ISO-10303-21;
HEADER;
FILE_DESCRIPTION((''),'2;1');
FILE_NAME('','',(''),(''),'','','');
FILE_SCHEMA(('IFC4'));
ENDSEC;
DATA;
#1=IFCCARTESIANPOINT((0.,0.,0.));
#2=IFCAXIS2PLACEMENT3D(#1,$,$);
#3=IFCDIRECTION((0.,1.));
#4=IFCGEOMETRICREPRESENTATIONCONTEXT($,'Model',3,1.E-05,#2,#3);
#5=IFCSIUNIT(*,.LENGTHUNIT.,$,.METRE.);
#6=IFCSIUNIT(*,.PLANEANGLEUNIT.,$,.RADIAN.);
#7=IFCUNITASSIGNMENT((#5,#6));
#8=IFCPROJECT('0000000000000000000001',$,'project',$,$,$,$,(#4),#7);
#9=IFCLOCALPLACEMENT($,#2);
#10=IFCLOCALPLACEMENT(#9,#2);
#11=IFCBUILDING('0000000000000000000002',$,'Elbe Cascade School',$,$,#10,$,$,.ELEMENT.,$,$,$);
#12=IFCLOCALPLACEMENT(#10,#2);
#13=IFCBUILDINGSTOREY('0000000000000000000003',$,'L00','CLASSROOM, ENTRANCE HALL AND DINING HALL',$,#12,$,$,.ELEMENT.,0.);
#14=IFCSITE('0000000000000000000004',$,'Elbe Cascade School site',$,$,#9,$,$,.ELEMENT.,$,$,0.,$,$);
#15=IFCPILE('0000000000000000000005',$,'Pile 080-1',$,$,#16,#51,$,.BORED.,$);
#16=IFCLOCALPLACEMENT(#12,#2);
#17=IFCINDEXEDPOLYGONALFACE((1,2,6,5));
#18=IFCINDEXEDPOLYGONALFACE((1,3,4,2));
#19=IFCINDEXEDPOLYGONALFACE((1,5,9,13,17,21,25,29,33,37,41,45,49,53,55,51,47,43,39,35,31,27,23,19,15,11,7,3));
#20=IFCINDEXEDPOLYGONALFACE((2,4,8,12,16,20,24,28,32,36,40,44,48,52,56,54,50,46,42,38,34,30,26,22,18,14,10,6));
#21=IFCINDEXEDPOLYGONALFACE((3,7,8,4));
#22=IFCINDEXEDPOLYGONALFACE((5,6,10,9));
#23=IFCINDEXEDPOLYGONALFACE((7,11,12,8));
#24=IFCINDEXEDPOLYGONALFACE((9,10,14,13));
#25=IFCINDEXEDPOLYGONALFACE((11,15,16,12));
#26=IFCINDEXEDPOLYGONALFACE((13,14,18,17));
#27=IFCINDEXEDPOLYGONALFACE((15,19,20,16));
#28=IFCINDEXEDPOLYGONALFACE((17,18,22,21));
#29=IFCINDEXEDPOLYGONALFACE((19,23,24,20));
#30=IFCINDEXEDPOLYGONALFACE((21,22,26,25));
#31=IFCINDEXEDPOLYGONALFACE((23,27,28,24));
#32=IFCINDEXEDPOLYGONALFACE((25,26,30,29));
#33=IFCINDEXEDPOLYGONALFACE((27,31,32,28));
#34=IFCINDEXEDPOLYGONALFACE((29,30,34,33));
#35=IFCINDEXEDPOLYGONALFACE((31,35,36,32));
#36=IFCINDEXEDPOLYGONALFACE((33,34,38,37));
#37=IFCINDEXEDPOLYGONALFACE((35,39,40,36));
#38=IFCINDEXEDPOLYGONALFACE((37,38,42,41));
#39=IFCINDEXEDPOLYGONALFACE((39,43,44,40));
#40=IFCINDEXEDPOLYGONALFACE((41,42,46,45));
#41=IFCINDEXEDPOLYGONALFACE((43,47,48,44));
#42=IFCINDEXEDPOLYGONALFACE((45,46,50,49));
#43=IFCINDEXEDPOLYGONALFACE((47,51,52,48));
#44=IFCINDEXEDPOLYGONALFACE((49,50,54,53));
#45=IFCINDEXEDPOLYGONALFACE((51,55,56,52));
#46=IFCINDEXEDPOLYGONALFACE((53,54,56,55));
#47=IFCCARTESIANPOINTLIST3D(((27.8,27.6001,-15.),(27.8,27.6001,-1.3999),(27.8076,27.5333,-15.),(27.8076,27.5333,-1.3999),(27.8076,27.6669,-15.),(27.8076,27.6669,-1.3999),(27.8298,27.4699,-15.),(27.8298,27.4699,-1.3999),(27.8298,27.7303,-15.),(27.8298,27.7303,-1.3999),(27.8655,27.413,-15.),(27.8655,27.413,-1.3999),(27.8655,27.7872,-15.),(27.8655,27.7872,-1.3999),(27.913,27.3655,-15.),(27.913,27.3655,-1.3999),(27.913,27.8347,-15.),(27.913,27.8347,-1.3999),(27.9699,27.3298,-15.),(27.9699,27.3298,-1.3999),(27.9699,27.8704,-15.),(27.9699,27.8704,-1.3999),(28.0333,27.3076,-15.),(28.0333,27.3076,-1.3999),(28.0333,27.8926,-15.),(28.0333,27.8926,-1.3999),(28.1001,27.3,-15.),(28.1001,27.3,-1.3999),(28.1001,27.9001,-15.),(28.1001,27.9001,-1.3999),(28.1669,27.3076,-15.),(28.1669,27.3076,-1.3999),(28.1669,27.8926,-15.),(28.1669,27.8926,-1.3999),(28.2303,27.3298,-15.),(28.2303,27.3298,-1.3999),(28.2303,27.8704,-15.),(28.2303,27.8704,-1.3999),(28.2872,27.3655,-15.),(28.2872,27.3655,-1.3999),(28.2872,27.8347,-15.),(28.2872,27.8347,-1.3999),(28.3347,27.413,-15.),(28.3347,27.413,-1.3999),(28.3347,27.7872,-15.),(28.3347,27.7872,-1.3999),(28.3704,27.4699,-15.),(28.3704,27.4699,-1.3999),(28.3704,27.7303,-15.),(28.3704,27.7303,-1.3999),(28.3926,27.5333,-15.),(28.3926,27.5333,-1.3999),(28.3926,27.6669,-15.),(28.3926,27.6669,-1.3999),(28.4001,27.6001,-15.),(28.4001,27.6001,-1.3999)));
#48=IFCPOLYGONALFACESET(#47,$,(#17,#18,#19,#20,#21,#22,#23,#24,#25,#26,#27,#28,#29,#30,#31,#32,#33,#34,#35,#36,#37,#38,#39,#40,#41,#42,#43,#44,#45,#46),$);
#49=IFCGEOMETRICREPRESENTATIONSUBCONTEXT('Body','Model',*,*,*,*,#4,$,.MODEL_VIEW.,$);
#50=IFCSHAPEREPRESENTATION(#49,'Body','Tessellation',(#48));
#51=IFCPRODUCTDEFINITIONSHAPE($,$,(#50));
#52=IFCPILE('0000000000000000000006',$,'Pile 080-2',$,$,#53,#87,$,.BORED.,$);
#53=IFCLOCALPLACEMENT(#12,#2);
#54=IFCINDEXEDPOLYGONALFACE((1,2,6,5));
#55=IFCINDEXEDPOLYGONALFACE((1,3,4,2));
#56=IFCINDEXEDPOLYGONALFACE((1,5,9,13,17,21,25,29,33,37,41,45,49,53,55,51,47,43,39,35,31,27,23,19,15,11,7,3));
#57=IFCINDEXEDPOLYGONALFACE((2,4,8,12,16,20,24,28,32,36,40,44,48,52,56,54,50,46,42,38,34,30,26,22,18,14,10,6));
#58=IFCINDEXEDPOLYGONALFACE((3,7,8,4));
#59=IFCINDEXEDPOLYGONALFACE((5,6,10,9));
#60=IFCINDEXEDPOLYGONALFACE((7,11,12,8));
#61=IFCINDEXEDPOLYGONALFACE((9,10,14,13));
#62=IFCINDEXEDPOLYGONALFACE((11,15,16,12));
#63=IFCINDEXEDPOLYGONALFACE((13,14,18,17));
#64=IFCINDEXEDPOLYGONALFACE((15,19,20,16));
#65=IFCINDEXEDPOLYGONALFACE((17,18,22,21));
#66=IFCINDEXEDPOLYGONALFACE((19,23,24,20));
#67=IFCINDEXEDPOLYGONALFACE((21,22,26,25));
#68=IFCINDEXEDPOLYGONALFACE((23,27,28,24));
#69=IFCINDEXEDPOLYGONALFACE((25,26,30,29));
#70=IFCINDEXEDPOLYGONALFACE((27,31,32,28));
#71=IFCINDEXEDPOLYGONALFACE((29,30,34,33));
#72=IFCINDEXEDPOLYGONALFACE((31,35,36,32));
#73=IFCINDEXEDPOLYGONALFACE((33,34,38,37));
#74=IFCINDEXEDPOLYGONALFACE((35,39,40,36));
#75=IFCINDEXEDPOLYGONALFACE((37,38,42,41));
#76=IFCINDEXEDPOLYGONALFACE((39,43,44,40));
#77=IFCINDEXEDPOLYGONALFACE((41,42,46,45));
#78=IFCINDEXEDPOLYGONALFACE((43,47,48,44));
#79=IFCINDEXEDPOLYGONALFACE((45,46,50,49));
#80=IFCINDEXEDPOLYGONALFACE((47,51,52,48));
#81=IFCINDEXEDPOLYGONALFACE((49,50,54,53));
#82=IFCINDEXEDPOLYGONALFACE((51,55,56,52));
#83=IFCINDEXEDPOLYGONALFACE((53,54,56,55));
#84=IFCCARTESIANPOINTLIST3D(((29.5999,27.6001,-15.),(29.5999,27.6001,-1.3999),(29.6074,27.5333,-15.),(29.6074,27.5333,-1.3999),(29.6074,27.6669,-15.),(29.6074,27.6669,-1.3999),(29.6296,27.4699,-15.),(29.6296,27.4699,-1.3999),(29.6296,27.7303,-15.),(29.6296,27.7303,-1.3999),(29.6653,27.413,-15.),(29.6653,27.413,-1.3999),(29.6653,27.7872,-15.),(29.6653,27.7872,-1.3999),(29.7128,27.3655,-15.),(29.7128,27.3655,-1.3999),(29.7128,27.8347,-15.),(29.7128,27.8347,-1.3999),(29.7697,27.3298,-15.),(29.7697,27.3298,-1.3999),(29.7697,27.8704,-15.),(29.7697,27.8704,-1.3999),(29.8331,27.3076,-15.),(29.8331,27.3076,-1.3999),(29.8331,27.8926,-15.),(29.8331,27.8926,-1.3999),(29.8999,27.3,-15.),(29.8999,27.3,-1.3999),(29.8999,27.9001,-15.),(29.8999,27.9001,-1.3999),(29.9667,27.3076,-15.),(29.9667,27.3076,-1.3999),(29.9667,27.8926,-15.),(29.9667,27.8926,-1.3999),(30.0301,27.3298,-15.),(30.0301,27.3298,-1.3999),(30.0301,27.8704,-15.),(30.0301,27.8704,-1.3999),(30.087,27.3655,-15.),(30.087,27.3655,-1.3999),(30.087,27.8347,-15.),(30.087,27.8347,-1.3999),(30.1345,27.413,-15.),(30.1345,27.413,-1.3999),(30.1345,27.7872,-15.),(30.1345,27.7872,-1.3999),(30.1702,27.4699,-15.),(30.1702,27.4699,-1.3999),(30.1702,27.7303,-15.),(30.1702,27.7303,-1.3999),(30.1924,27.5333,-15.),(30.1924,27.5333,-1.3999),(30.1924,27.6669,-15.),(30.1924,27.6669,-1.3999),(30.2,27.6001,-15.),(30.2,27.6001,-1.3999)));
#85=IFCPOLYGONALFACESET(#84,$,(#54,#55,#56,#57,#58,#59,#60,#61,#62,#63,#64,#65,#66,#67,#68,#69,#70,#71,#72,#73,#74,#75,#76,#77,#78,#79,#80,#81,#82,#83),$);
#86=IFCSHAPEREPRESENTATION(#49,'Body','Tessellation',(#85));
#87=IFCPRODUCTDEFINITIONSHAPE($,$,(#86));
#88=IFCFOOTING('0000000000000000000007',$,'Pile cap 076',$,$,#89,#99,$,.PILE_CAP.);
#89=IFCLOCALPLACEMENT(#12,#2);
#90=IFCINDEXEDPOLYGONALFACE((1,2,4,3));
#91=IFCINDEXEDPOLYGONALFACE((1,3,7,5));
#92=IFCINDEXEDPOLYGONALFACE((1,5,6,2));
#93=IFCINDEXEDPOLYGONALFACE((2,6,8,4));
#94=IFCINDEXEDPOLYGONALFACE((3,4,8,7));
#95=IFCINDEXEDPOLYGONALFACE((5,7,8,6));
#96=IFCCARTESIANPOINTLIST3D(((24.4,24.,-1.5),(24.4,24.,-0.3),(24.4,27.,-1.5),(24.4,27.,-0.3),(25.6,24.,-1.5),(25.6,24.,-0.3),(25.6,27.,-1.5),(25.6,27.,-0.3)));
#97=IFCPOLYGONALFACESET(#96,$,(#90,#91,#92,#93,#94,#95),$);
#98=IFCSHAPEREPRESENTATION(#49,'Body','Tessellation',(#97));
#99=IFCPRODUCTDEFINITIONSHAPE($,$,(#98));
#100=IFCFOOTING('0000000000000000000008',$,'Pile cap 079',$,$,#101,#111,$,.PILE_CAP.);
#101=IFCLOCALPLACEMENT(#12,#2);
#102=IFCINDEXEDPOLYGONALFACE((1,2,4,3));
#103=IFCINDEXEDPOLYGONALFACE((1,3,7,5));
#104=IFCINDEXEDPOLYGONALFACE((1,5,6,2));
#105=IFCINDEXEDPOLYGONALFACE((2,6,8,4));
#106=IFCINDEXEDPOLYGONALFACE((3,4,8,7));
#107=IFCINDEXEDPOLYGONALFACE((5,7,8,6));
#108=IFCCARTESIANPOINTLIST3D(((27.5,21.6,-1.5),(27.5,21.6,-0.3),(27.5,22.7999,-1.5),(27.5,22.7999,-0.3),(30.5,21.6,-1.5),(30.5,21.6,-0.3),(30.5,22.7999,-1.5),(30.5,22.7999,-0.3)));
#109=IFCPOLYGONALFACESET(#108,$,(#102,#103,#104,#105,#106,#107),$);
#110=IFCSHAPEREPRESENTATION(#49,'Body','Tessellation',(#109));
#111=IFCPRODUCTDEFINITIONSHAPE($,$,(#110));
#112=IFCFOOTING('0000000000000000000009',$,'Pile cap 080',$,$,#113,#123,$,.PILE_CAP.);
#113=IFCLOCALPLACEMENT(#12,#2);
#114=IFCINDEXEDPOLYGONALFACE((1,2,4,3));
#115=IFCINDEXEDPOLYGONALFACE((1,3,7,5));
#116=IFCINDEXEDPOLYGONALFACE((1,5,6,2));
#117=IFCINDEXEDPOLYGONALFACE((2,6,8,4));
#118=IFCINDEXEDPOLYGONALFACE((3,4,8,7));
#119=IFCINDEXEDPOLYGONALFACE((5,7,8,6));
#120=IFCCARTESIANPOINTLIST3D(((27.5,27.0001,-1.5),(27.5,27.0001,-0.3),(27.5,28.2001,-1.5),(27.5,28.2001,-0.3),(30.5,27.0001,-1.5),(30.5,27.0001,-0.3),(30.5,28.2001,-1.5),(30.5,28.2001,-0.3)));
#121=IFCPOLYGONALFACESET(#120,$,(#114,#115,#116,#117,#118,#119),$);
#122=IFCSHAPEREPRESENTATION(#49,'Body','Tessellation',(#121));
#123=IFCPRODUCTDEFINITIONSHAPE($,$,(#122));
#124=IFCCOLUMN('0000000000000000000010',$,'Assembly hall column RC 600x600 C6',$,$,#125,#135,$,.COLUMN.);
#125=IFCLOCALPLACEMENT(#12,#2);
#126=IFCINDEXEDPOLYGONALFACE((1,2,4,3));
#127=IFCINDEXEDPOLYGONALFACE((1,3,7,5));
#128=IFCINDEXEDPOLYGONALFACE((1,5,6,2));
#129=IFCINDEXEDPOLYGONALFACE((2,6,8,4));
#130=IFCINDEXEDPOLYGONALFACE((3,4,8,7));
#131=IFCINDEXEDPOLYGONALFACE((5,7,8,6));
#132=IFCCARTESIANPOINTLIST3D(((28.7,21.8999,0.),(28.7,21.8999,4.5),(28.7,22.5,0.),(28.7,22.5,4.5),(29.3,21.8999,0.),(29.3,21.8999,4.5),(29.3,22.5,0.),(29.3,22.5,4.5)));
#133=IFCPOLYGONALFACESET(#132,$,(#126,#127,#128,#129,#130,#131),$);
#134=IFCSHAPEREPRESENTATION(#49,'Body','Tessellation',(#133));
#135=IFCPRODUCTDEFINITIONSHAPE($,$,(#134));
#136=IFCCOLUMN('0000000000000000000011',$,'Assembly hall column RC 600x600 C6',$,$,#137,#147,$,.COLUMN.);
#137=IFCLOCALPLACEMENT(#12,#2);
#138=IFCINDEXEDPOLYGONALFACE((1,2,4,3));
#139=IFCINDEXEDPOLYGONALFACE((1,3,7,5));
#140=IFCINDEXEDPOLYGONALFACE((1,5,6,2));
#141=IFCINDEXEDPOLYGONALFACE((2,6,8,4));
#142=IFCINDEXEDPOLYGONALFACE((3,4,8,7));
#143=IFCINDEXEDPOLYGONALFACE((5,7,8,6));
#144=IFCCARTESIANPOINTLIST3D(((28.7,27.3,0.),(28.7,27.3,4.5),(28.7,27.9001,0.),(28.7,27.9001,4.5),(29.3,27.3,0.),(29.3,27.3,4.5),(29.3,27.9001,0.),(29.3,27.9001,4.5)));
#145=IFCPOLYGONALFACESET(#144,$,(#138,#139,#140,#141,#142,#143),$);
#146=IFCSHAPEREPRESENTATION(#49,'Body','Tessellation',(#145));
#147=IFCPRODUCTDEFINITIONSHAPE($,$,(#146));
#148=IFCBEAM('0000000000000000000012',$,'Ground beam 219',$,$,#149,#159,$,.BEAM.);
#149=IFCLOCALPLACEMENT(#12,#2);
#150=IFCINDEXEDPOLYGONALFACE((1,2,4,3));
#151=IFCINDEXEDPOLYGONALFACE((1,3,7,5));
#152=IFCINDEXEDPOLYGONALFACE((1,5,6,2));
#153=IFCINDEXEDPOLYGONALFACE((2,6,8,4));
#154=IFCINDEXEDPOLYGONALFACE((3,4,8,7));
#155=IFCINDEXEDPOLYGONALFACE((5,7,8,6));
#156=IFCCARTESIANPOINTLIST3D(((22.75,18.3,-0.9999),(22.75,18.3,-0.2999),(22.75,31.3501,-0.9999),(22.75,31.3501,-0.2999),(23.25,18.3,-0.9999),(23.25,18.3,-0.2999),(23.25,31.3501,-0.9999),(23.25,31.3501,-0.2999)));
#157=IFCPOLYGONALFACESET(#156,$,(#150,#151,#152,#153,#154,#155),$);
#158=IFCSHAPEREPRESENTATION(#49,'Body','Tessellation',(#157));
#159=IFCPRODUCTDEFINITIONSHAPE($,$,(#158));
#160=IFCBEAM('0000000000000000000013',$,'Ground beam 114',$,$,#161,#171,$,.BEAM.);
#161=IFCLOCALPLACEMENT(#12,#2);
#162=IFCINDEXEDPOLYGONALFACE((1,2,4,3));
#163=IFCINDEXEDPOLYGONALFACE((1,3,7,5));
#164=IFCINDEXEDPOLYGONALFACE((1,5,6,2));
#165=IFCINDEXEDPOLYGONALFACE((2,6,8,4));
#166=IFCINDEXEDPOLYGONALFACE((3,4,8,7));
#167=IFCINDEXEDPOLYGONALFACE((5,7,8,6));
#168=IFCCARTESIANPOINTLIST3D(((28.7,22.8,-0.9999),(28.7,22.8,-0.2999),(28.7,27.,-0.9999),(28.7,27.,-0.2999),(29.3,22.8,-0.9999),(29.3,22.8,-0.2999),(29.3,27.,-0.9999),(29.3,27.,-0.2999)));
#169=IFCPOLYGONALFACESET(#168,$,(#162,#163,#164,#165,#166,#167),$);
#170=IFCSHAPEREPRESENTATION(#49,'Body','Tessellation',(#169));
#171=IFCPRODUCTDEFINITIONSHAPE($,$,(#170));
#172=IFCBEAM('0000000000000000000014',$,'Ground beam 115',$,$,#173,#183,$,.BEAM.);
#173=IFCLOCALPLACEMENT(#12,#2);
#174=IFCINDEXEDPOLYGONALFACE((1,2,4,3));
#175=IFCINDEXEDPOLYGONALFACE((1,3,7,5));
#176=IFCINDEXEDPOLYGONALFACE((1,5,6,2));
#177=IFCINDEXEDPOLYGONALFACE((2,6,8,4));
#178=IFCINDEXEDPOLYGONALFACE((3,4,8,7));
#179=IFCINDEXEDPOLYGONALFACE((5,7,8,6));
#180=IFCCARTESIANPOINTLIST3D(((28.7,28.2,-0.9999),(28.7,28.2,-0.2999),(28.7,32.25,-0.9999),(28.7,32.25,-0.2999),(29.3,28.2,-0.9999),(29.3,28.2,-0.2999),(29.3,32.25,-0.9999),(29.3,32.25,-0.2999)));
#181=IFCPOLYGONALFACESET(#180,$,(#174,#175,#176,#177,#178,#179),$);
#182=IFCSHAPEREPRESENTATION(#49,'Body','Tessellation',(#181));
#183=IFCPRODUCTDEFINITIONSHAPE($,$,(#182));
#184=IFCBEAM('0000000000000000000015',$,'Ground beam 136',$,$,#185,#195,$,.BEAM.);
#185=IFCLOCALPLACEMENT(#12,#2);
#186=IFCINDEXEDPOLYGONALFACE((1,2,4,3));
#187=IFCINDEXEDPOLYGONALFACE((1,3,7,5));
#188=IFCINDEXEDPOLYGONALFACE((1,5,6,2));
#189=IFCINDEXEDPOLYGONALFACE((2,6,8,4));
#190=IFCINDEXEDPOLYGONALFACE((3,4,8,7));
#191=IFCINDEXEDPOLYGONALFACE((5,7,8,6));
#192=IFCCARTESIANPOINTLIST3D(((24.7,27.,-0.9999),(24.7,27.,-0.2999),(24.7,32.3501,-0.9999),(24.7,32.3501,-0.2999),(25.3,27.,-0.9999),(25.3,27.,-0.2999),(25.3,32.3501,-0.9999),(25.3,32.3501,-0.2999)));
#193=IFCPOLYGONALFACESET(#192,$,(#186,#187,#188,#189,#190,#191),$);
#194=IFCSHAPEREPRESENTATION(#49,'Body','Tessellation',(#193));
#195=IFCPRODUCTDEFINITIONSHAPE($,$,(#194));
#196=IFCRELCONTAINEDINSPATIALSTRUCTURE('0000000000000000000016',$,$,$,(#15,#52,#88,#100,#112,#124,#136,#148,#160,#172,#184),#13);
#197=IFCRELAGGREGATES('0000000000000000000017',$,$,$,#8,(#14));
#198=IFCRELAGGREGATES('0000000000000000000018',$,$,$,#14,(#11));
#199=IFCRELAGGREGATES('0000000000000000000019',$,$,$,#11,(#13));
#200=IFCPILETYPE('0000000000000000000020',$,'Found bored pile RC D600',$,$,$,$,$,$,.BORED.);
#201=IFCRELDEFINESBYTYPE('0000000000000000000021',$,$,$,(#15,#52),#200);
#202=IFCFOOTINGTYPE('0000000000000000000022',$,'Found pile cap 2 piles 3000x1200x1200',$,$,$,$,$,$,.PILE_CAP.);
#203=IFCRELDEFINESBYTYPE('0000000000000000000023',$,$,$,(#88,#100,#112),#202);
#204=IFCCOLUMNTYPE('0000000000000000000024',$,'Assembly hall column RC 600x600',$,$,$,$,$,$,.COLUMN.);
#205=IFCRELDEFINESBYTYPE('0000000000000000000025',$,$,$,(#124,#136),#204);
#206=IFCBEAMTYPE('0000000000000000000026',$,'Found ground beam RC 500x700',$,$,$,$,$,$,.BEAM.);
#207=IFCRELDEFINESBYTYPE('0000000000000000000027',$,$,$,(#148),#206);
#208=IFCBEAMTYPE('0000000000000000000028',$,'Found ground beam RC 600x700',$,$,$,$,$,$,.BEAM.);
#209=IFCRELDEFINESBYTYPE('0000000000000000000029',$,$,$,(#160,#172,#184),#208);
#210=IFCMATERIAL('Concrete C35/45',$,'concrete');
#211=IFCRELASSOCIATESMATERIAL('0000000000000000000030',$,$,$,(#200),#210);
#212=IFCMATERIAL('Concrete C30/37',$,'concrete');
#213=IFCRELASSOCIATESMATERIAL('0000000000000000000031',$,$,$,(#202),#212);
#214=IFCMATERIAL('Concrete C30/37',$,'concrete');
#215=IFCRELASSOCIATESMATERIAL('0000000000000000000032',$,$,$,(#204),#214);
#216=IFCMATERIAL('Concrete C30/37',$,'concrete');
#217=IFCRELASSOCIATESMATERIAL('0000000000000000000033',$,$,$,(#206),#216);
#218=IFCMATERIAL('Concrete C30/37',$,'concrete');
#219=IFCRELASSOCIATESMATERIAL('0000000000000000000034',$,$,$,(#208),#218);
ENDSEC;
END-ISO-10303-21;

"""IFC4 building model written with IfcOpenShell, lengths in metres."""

from ifc_helpers import new_model, si_unit, direction, frame, origin, origin_2d, place, context, subcontext, project, spatial, rectangle, circle, extrude, material, material_profile, profile_set, type_object, element, save


model = new_model("IFC4")

# Units and contexts
model_context = context("Model", 3, precision=1e-05, world=origin(), true_north=direction((0.0, 1.0)))
body_context = subcontext(model_context, "Body", "Model", "MODEL_VIEW")
ifc_project = project(units=[si_unit("LENGTHUNIT", "METRE"), si_unit("PLANEANGLEUNIT", "RADIAN")], contexts=[model_context])

# Site, building, storey
site_placement = place(None, origin())
site = spatial("IfcSite", under=ifc_project, at=site_placement, Name="Elbe Cascade School site", CompositionType="ELEMENT", RefElevation=0.0)
building_placement = place(site_placement, origin())
building = spatial("IfcBuilding", under=site, at=building_placement, Name="Elbe Cascade School", CompositionType="ELEMENT")
storey_placement = place(building_placement, origin())
storey = spatial("IfcBuildingStorey", under=building, at=storey_placement, Name="L00", Description="CLASSROOM, ENTRANCE HALL AND DINING HALL", CompositionType="ELEMENT", Elevation=0.0)

# Piles
ifc_material_1 = material(Name="Concrete C35/45", Category="concrete")
ifc_material_profile_1 = material_profile(ifc_material_1, circle(Radius=0.3, at=origin_2d()), Name="RC D600")
ifc_profile_set_1 = profile_set([ifc_material_profile_1], Name="Concrete C35/45")
pile_type = type_object("IfcPileType", Name="Found bored pile RC D600", PredefinedType="BORED", material=ifc_profile_set_1)
for number, where, z_axis, x_axis, name in (
    (1, (28.1001, 27.6001, -1.3999), (0.0, 0.0, -1.0), (1.0, 0.0, 0.0), "Pile 080-1"),
    (2, (29.8999, 27.6001, -1.3999), (0.0, 0.0, -1.0), (1.0, 0.0, 0.0), "Pile 080-2"),
):
    element("IfcPile", number, at=place(storey_placement, frame(where, z_axis=z_axis, x_axis=x_axis)), inside=storey, type_object=pile_type, Name=name, PredefinedType="BORED", context=body_context, shape_type="SweptSolid", body=[
        extrude(circle(Radius=0.3, at=origin_2d()), origin(), (0.0, 0.0, 1.0), 13.6001),
    ])

# Footings
ifc_material_2 = material(Name="Concrete C30/37", Category="concrete")
footing_type = type_object("IfcFootingType", Name="Found pile cap 2 piles 3000x1200x1200", PredefinedType="PILE_CAP", material=ifc_material_2)
footing_placement = place(storey_placement, frame((25.0, 25.5, -1.5), z_axis=(0.0, 0.0, 1.0), x_axis=(1.0, 0.0, 0.0)))
element("IfcFooting", 3, at=footing_placement, inside=storey, type_object=footing_type, Name="Pile cap 076", PredefinedType="PILE_CAP", context=body_context, shape_type="SweptSolid", body=[
    extrude(rectangle(XDim=1.2, YDim=3.0, at=origin_2d()), origin(), (0.0, 0.0, 1.0), 1.2),
])
for number, where, z_axis, x_axis, name in (
    (4, (29.0, 22.2, -1.5), (0.0, 0.0, 1.0), (1.0, 0.0, 0.0), "Pile cap 079"),
    (5, (29.0, 27.6001, -1.5), (0.0, 0.0, 1.0), (1.0, 0.0, 0.0), "Pile cap 080"),
):
    element("IfcFooting", number, at=place(storey_placement, frame(where, z_axis=z_axis, x_axis=x_axis)), inside=storey, type_object=footing_type, Name=name, PredefinedType="PILE_CAP", context=body_context, shape_type="SweptSolid", body=[
        extrude(rectangle(XDim=3.0, YDim=1.2, at=origin_2d()), origin(), (0.0, 0.0, 1.0), 1.2),
    ])

# Columns
ifc_material_3 = material(Name="Concrete C30/37", Category="concrete")
ifc_material_profile_2 = material_profile(ifc_material_3, rectangle(XDim=0.6001, YDim=0.6001, at=origin_2d()), Name="RC 600x600")
ifc_profile_set_2 = profile_set([ifc_material_profile_2], Name="Concrete C30/37")
column_type = type_object("IfcColumnType", Name="Assembly hall column RC 600x600", PredefinedType="COLUMN", material=ifc_profile_set_2)
for number, where, z_axis, x_axis, name in (
    (6, (29.0, 22.2, 0.0), (0.0, 0.0, 1.0), (1.0, 0.0, 0.0), "Assembly hall column RC 600x600 C6"),
    (7, (29.0, 27.6001, 0.0), (0.0, 0.0, 1.0), (1.0, 0.0, 0.0), "Assembly hall column RC 600x600 C6"),
):
    element("IfcColumn", number, at=place(storey_placement, frame(where, z_axis=z_axis, x_axis=x_axis)), inside=storey, type_object=column_type, Name=name, PredefinedType="COLUMN", context=body_context, shape_type="SweptSolid", body=[
        extrude(rectangle(XDim=0.6001, YDim=0.6001, at=origin_2d()), origin(), (0.0, 0.0, 1.0), 4.5),
    ])

# Beams
ifc_material_4 = material(Name="Concrete C30/37", Category="concrete")
ifc_material_profile_3 = material_profile(ifc_material_4, rectangle(XDim=0.5, YDim=0.7, at=origin_2d()), Name="RC 500x700")
ifc_profile_set_3 = profile_set([ifc_material_profile_3], Name="Concrete C30/37")
beam_type_1 = type_object("IfcBeamType", Name="Found ground beam RC 500x700", PredefinedType="BEAM", material=ifc_profile_set_3)
beam_1_placement = place(storey_placement, frame((23.0, 18.3, -0.6499), z_axis=(0.0, 1.0, 0.0), x_axis=(-1.0, 0.0, 0.0)))
element("IfcBeam", 8, at=beam_1_placement, inside=storey, type_object=beam_type_1, Name="Ground beam 219", PredefinedType="BEAM", context=body_context, shape_type="SweptSolid", body=[
    extrude(rectangle(XDim=0.5, YDim=0.7, at=origin_2d()), origin(), (0.0, 0.0, 1.0), 13.05),
])
ifc_material_5 = material(Name="Concrete C30/37", Category="concrete")
ifc_material_profile_4 = material_profile(ifc_material_5, rectangle(XDim=0.6001, YDim=0.7, at=origin_2d()), Name="RC 600x700")
ifc_profile_set_4 = profile_set([ifc_material_profile_4], Name="Concrete C30/37")
beam_type_2 = type_object("IfcBeamType", Name="Found ground beam RC 600x700", PredefinedType="BEAM", material=ifc_profile_set_4)
beam_2_placement = place(storey_placement, frame((29.0, 22.8, -0.6499), z_axis=(0.0, 1.0, 0.0), x_axis=(-1.0, 0.0, 0.0)))
element("IfcBeam", 9, at=beam_2_placement, inside=storey, type_object=beam_type_2, Name="Ground beam 114", PredefinedType="BEAM", context=body_context, shape_type="SweptSolid", body=[
    extrude(rectangle(XDim=0.6001, YDim=0.7, at=origin_2d()), origin(), (0.0, 0.0, 1.0), 4.2),
])
beam_3_placement = place(storey_placement, frame((29.0, 28.2, -0.6499), z_axis=(0.0, 1.0, 0.0), x_axis=(-1.0, 0.0, 0.0)))
element("IfcBeam", 10, at=beam_3_placement, inside=storey, type_object=beam_type_2, Name="Ground beam 115", PredefinedType="BEAM", context=body_context, shape_type="SweptSolid", body=[
    extrude(rectangle(XDim=0.6001, YDim=0.7, at=origin_2d()), origin(), (0.0, 0.0, 1.0), 4.05),
])
beam_4_placement = place(storey_placement, frame((25.0, 27.0, -0.6499), z_axis=(0.0, 1.0, 0.0), x_axis=(-1.0, 0.0, 0.0)))
element("IfcBeam", 11, at=beam_4_placement, inside=storey, type_object=beam_type_2, Name="Ground beam 136", PredefinedType="BEAM", context=body_context, shape_type="SweptSolid", body=[
    extrude(rectangle(XDim=0.6001, YDim=0.7, at=origin_2d()), origin(), (0.0, 0.0, 1.0), 5.3501),
])

save(model, "model.ifc")
